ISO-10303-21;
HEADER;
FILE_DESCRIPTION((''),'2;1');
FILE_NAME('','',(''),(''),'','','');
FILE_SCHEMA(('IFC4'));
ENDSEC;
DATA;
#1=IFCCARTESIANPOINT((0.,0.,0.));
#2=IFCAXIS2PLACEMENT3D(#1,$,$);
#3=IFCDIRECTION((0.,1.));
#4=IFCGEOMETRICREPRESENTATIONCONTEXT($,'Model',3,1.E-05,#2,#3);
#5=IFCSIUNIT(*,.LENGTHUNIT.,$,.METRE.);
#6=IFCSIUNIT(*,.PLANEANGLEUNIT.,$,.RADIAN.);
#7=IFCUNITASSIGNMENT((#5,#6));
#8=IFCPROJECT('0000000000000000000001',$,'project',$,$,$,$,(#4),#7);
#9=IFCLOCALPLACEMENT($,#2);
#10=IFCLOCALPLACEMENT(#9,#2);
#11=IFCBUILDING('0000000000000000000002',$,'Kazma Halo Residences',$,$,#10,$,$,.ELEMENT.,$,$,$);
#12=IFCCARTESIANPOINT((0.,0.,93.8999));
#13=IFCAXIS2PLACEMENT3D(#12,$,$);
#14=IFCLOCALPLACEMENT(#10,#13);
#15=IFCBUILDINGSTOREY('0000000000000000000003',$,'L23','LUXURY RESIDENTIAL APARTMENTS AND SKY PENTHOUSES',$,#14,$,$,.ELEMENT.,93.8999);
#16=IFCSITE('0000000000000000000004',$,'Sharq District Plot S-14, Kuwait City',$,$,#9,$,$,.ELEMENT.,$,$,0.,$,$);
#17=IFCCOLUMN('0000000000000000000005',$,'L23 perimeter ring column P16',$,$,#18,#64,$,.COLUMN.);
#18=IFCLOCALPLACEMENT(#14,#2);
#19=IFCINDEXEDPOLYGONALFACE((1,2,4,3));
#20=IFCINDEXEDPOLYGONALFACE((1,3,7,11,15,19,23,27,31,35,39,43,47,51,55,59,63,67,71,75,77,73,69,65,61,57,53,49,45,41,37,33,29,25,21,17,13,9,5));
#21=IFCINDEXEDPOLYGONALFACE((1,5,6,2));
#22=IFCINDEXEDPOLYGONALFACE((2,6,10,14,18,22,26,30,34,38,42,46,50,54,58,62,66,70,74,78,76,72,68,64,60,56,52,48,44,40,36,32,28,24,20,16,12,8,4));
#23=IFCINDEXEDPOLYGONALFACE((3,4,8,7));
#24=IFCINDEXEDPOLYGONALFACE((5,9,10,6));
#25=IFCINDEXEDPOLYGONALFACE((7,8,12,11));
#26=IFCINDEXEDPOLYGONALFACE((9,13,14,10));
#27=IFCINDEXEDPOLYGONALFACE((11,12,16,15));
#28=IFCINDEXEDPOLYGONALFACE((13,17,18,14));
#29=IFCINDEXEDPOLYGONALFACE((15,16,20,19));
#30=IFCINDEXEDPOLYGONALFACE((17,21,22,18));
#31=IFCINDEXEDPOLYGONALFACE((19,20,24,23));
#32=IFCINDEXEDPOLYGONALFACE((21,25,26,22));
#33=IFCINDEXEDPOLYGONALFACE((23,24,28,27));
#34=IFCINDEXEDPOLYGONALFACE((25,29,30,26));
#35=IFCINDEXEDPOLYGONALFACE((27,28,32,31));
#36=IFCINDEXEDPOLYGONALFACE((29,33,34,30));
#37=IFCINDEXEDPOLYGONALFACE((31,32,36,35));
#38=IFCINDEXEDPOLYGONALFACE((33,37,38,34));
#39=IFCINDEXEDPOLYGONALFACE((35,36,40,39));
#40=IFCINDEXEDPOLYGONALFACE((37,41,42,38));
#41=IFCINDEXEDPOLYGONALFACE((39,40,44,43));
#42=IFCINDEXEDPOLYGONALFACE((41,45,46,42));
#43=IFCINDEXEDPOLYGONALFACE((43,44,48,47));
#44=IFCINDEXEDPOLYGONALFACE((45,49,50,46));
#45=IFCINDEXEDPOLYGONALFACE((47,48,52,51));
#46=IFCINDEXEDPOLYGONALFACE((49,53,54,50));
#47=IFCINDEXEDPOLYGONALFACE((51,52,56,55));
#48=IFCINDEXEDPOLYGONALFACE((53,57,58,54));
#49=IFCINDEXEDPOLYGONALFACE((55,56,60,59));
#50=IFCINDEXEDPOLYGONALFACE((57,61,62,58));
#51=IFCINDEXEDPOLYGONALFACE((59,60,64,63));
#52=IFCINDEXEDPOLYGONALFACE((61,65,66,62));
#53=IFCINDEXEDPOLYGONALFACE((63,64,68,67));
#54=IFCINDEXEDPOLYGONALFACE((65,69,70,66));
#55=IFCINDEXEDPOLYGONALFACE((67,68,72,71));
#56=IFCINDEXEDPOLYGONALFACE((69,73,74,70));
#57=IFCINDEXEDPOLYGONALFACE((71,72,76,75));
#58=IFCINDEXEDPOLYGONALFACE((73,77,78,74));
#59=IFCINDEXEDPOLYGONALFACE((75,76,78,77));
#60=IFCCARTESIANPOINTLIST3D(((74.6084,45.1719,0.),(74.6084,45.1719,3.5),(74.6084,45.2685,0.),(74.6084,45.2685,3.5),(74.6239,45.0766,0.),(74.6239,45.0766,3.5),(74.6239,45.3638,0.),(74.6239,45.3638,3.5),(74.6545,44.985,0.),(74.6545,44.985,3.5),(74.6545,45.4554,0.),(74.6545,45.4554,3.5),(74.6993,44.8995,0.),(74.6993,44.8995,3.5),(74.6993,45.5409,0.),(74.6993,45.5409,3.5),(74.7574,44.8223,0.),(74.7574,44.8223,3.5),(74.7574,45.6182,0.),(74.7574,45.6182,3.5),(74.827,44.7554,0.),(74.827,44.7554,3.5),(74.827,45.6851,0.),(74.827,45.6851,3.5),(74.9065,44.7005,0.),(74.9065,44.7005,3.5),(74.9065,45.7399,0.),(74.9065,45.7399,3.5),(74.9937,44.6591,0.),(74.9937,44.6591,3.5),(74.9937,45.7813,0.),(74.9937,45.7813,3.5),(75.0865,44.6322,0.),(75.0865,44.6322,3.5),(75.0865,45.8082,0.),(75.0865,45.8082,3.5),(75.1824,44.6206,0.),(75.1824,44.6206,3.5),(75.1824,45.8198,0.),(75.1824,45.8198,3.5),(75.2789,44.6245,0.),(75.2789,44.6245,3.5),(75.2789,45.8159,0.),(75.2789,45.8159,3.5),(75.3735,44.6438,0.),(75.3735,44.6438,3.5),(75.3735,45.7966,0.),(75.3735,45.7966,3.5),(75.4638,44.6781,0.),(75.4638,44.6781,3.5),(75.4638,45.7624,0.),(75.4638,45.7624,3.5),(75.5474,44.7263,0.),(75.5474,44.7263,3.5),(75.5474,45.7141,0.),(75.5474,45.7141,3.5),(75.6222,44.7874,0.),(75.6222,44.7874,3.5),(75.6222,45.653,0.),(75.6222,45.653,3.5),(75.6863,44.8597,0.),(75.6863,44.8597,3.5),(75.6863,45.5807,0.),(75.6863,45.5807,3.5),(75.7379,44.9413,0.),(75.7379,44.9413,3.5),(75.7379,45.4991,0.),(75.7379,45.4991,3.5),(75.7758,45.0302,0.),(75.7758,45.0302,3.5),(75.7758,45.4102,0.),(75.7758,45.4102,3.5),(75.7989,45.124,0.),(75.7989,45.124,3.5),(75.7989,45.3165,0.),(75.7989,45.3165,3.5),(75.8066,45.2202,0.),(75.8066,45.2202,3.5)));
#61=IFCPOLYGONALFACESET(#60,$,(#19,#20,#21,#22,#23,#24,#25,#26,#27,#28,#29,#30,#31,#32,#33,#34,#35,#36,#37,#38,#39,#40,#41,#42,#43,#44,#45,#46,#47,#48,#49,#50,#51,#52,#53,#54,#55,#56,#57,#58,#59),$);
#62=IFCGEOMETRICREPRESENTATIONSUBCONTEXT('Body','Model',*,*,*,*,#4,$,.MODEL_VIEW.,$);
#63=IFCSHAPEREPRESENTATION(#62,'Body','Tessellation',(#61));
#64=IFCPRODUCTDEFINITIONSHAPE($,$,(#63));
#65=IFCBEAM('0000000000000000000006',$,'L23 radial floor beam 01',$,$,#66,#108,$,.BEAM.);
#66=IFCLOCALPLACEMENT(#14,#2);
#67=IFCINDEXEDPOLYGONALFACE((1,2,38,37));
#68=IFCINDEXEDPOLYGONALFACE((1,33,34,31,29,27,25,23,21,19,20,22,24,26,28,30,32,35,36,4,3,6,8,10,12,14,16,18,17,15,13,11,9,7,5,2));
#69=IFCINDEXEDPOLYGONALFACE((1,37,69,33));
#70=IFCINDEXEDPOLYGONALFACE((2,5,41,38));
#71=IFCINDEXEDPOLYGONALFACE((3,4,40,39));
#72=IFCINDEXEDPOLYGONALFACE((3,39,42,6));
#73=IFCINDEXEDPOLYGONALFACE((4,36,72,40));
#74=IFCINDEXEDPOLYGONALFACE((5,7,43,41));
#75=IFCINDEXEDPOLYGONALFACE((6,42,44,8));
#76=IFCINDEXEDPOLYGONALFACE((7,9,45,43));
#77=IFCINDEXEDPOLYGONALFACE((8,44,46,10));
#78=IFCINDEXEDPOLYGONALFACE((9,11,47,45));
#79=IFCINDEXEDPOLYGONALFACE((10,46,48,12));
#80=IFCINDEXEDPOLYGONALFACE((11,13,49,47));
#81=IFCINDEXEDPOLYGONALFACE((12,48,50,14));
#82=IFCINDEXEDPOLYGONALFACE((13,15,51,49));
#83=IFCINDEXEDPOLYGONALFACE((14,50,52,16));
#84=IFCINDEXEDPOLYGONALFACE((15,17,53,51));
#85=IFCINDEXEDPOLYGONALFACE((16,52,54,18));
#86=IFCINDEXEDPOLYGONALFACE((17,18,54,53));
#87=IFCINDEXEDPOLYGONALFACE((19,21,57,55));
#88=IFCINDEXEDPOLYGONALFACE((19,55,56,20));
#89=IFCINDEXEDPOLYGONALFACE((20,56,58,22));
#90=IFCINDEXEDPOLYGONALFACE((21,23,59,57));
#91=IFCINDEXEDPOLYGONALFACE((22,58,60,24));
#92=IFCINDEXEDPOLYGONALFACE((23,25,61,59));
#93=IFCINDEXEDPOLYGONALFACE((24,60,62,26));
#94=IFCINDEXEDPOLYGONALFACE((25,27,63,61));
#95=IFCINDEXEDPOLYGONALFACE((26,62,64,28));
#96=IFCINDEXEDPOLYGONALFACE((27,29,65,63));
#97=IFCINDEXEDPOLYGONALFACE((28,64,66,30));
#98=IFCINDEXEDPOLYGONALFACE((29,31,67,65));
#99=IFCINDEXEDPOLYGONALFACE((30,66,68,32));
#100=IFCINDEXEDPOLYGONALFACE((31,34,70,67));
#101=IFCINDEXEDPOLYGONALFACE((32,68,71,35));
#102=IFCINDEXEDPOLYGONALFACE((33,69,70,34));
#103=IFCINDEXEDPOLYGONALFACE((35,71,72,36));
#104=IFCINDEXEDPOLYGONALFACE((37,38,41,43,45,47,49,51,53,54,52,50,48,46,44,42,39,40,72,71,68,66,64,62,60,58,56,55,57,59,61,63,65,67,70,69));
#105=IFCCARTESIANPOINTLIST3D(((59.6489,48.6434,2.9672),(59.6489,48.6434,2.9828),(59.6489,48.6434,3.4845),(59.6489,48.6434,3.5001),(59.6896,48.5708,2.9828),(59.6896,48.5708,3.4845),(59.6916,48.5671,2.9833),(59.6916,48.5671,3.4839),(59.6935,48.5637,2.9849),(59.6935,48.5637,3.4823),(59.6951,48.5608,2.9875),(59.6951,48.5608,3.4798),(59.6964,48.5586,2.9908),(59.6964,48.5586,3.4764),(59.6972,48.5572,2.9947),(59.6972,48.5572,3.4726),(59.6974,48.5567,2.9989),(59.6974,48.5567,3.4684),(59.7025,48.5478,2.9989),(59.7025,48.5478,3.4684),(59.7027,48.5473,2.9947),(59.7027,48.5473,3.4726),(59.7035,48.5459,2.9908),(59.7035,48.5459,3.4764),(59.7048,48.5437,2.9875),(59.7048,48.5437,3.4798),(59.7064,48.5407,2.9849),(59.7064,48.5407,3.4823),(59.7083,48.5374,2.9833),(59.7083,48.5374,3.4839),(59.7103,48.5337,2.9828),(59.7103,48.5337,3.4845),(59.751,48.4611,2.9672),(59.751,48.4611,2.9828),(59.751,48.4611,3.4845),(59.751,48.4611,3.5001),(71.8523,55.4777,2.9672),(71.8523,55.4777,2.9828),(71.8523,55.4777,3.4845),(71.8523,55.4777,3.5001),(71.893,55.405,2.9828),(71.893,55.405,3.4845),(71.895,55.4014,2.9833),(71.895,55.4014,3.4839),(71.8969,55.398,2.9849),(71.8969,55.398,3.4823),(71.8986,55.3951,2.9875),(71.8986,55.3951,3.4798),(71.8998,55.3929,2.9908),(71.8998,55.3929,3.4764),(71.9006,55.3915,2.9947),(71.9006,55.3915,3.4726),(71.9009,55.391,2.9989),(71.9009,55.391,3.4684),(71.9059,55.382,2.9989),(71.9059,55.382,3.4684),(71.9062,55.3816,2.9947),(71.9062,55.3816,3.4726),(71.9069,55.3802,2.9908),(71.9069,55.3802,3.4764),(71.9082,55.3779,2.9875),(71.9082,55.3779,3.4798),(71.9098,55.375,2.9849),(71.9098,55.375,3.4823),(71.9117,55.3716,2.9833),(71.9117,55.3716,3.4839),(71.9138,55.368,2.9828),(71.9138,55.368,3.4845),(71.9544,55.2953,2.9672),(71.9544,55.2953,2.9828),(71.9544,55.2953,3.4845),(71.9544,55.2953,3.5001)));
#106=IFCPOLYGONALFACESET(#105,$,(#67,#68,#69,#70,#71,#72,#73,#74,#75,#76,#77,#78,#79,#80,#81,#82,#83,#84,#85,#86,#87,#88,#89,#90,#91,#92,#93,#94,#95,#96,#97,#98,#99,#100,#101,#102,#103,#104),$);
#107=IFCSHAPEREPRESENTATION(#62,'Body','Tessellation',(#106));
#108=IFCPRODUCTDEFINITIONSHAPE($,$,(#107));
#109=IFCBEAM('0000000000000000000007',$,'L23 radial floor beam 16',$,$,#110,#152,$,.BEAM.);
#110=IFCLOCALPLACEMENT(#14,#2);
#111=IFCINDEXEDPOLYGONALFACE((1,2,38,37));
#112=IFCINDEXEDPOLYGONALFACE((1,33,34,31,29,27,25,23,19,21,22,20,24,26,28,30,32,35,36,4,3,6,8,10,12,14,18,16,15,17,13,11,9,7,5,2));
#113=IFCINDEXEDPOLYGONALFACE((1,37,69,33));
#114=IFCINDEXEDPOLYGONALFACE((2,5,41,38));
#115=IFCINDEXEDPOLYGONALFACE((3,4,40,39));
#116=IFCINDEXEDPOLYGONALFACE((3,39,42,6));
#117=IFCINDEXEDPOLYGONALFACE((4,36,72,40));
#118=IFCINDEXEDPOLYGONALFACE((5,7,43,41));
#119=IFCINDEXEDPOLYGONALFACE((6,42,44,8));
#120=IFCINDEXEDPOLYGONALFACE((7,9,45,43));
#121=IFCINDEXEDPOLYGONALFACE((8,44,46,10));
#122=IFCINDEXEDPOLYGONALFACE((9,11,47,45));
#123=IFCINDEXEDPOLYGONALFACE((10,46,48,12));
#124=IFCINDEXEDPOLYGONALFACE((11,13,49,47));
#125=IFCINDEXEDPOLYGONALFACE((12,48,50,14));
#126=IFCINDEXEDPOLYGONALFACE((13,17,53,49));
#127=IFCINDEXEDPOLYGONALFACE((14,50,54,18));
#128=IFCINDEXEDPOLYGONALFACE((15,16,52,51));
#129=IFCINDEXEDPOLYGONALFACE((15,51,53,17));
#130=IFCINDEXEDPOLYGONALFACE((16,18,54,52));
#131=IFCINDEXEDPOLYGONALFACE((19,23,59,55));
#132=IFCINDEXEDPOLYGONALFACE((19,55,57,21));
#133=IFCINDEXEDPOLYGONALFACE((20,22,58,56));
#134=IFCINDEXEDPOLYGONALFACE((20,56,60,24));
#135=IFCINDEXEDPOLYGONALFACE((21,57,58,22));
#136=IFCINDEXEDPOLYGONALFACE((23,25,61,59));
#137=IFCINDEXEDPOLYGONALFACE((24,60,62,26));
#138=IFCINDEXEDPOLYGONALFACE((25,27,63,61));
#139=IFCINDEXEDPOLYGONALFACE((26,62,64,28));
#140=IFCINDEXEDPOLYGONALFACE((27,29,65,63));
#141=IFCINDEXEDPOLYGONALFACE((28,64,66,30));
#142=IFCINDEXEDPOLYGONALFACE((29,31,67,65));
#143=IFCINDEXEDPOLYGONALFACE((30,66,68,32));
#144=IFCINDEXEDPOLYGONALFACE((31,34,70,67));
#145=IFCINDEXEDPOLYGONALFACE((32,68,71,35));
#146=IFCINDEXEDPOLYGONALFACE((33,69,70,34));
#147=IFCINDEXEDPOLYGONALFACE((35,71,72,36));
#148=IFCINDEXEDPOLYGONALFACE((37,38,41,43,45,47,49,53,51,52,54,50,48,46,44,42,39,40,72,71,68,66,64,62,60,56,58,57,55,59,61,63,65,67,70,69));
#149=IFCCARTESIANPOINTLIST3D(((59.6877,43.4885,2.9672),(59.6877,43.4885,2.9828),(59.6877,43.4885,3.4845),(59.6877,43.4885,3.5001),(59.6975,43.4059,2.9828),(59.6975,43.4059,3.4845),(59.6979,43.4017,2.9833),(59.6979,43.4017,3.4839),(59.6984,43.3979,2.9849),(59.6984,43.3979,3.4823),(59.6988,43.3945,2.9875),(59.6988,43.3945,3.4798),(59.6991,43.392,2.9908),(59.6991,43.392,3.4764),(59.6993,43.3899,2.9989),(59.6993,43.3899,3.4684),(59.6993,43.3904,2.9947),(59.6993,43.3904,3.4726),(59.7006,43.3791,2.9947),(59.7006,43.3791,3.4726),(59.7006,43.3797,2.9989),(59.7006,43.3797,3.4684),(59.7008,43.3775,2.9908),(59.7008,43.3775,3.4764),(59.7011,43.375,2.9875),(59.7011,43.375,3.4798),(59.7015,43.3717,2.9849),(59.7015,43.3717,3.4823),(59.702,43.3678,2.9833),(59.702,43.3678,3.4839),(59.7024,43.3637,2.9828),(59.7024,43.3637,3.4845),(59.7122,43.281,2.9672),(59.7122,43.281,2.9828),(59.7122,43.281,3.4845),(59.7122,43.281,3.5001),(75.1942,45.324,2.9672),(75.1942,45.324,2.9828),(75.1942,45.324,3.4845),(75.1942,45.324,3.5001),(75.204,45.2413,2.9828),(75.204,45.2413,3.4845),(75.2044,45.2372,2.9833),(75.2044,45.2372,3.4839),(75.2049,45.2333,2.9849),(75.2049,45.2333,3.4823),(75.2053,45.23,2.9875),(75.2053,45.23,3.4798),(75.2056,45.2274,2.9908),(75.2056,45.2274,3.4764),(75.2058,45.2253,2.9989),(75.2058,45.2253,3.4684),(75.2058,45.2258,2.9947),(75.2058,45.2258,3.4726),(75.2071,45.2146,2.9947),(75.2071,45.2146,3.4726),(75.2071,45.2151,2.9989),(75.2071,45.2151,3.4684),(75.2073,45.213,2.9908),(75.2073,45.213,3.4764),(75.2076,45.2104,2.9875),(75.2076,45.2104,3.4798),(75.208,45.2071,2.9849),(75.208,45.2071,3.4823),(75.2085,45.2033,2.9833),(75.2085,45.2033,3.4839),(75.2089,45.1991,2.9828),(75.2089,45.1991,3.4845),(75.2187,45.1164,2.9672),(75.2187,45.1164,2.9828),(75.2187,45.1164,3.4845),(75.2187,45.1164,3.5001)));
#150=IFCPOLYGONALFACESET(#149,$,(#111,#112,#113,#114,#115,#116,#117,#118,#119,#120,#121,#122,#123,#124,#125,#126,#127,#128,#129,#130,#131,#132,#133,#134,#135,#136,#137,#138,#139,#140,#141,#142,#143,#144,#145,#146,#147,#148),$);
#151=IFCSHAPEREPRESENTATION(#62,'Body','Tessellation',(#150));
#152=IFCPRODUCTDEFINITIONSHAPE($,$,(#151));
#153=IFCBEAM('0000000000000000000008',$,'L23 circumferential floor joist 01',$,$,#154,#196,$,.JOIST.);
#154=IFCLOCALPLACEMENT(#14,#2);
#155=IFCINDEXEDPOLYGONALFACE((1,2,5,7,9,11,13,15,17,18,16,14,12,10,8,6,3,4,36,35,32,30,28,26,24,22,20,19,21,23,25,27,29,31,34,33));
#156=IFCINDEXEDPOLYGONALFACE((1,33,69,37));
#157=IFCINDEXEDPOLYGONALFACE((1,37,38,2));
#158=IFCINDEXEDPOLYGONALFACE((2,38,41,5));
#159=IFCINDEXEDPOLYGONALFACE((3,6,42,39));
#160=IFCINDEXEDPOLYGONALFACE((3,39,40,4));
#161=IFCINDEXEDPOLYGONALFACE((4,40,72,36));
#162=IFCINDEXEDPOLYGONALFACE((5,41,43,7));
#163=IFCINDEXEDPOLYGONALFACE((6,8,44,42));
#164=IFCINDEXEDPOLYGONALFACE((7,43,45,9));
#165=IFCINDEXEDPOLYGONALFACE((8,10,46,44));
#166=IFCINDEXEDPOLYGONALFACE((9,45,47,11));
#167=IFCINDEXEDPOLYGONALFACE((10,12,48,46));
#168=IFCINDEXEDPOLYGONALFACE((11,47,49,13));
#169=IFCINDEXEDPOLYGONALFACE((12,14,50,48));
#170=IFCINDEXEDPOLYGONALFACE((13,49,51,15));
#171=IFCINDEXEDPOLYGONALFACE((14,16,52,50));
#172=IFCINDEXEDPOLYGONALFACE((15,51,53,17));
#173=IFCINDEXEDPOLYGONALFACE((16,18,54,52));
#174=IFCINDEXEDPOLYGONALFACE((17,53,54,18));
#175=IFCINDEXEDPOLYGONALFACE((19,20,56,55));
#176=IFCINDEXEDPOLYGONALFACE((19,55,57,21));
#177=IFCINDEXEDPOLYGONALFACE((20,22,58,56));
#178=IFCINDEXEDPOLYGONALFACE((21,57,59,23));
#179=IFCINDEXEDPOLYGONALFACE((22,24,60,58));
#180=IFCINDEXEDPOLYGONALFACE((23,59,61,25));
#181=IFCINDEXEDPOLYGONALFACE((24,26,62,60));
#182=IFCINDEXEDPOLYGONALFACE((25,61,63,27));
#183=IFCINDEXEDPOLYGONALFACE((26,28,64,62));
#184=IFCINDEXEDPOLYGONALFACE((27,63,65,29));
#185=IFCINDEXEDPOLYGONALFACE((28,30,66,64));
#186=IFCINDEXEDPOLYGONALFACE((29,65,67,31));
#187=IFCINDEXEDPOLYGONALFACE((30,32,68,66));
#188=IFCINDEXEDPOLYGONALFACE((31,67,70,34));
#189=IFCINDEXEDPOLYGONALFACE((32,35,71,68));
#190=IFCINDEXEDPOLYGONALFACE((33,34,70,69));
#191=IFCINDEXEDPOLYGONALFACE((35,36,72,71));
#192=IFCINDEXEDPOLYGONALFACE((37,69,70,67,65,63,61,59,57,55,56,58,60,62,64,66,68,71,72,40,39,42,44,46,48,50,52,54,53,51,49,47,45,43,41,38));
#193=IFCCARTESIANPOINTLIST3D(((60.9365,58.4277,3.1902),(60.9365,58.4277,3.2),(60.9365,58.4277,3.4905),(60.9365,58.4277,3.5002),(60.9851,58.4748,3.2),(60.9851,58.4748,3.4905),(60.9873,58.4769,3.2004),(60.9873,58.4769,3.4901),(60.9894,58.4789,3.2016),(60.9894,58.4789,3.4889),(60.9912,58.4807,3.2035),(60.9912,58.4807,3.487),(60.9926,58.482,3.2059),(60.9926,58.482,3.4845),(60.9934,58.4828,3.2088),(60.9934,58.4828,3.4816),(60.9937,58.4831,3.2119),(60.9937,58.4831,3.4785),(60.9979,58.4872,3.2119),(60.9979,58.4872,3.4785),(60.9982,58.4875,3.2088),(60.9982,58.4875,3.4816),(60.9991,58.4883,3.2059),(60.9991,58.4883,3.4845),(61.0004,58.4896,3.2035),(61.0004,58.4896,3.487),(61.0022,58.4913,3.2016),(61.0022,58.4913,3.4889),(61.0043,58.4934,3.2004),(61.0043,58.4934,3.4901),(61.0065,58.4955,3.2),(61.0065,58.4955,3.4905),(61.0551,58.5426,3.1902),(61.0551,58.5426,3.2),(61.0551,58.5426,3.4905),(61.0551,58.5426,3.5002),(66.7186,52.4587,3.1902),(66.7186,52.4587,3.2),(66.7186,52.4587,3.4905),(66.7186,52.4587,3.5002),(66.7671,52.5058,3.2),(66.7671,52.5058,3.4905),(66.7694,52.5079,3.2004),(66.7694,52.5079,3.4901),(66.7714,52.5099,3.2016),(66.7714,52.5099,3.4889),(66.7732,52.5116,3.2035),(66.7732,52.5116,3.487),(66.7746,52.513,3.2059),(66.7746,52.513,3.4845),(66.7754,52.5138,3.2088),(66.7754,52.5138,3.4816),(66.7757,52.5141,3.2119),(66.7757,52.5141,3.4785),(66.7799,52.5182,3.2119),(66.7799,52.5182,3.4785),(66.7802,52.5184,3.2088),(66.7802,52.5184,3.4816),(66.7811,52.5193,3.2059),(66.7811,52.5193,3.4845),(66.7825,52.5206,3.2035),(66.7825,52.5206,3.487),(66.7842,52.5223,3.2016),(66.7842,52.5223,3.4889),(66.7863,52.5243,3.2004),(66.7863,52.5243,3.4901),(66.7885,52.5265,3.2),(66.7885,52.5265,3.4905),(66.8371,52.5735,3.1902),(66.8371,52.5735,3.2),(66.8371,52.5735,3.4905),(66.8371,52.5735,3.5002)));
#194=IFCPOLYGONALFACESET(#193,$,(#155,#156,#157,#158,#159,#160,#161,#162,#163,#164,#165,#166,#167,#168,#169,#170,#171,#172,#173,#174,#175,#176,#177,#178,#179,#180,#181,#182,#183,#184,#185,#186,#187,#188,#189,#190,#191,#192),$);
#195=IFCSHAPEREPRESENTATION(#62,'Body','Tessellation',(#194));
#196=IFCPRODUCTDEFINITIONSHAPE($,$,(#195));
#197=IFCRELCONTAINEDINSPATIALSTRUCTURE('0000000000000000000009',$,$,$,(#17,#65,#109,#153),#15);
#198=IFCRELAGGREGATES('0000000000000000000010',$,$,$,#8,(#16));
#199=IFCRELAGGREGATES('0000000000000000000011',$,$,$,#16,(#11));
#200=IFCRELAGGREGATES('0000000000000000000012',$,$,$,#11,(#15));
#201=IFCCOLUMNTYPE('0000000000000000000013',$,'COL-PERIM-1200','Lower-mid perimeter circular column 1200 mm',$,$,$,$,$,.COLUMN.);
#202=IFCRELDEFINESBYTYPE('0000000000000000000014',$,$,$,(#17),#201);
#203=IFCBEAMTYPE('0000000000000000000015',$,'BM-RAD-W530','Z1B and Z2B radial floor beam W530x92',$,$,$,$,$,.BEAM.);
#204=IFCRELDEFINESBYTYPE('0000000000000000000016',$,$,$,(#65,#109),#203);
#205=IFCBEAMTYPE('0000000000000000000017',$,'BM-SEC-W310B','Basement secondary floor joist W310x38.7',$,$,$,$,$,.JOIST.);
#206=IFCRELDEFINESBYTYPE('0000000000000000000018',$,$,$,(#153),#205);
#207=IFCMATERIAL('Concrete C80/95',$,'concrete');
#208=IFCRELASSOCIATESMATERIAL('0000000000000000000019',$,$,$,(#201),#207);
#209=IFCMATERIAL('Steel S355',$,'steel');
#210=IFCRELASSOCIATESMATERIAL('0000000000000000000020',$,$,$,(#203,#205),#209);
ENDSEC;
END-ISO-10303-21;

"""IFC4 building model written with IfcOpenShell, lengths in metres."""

from ifc_helpers import new_model, si_unit, direction, frame, origin, origin_2d, place, context, subcontext, project, spatial, circle, i_section, extrude, material, material_profile, profile_set, type_object, element, save


model = new_model("IFC4")

# Units and contexts
model_context = context("Model", 3, precision=1e-05, world=origin(), true_north=direction((0.0, 1.0)))
body_context = subcontext(model_context, "Body", "Model", "MODEL_VIEW")
ifc_project = project(units=[si_unit("LENGTHUNIT", "METRE"), si_unit("PLANEANGLEUNIT", "RADIAN")], contexts=[model_context])

# Site, building, storey
site_placement = place(None, origin())
site = spatial("IfcSite", under=ifc_project, at=site_placement, Name="Sharq District Plot S-14, Kuwait City", CompositionType="ELEMENT", RefElevation=0.0)
building_placement = place(site_placement, origin())
building = spatial("IfcBuilding", under=site, at=building_placement, Name="Kazma Halo Residences", CompositionType="ELEMENT")
storey_placement = place(building_placement, frame((0.0, 0.0, 93.8999)))
storey = spatial("IfcBuildingStorey", under=building, at=storey_placement, Name="L23", Description="LUXURY RESIDENTIAL APARTMENTS AND SKY PENTHOUSES", CompositionType="ELEMENT", Elevation=93.8999)

# Column
ifc_material_1 = material(Name="Concrete C80/95", Category="concrete")
ifc_material_profile_1 = material_profile(ifc_material_1, circle(Radius=0.6001, at=origin_2d()), Name="CIRC1200")
ifc_profile_set_1 = profile_set([ifc_material_profile_1], Name="Concrete C80/95")
column_type = type_object("IfcColumnType", Name="COL-PERIM-1200", Description="Lower-mid perimeter circular column 1200 mm", PredefinedType="COLUMN", material=ifc_profile_set_1)
column_placement = place(storey_placement, frame((75.2065, 45.2202, 0.0), z_axis=(0.0, 0.0, 1.0), x_axis=(1.0, 0.0, 0.0)))
element("IfcColumn", 1, at=column_placement, inside=storey, type_object=column_type, Name="L23 perimeter ring column P16", PredefinedType="COLUMN", context=body_context, shape_type="SweptSolid", body=[
    extrude(circle(Radius=0.6001, at=origin_2d()), origin(), (0.0, 0.0, 1.0), 3.5),
])

# Beams
ifc_material_2 = material(Name="Steel S355", Category="steel")
ifc_material_profile_2 = material_profile(ifc_material_2, i_section(OverallWidth=0.209, OverallDepth=0.533, WebThickness=0.0103, FlangeThickness=0.0156, FilletRadius=0.0161, at=origin_2d()), Name="W530x92")
ifc_profile_set_2 = profile_set([ifc_material_profile_2], Name="Steel S355")
beam_type_1 = type_object("IfcBeamType", Name="BM-RAD-W530", Description="Z1B and Z2B radial floor beam W530x92", PredefinedType="BEAM", material=ifc_profile_set_2)
beam_1_placement = place(storey_placement, frame((59.7, 48.5522, 3.2336), z_axis=(0.872496, 0.488622, 0.0), x_axis=(-0.488622, 0.872496, 0.0)))
element("IfcBeam", 2, at=beam_1_placement, inside=storey, type_object=beam_type_1, Name="L23 radial floor beam 01", PredefinedType="BEAM", context=body_context, shape_type="SweptSolid", body=[
    extrude(i_section(OverallWidth=0.209, OverallDepth=0.533, WebThickness=0.0103, FlangeThickness=0.0156, FilletRadius=0.0161, at=origin_2d()), origin(), (0.0, 0.0, 1.0), 13.9868),
])
beam_2_placement = place(storey_placement, frame((59.7, 43.3848, 3.2336), z_axis=(0.993068, 0.117545, 0.0), x_axis=(-0.117545, 0.993068, 0.0)))
element("IfcBeam", 3, at=beam_2_placement, inside=storey, type_object=beam_type_1, Name="L23 radial floor beam 16", PredefinedType="BEAM", context=body_context, shape_type="SweptSolid", body=[
    extrude(i_section(OverallWidth=0.209, OverallDepth=0.533, WebThickness=0.0103, FlangeThickness=0.0156, FilletRadius=0.0161, at=origin_2d()), origin(), (0.0, 0.0, 1.0), 15.6147),
])
ifc_material_profile_3 = material_profile(ifc_material_2, i_section(OverallWidth=0.165, OverallDepth=0.3101, WebThickness=0.0059, FlangeThickness=0.0098, FilletRadius=0.012, at=origin_2d()), Name="W310x38.7")
ifc_profile_set_3 = profile_set([ifc_material_profile_3], Name="Steel S355")
beam_type_2 = type_object("IfcBeamType", Name="BM-SEC-W310B", Description="Basement secondary floor joist W310x38.7", PredefinedType="JOIST", material=ifc_profile_set_3)
beam_3_placement = place(storey_placement, frame((66.7778, 52.5161, 3.3452), z_axis=(-0.695765, 0.718269, 0.0), x_axis=(-0.718269, -0.695765, 0.0)))
element("IfcBeam", 4, at=beam_3_placement, inside=storey, type_object=beam_type_2, Name="L23 circumferential floor joist 01", PredefinedType="JOIST", context=body_context, shape_type="SweptSolid", body=[
    extrude(i_section(OverallWidth=0.165, OverallDepth=0.3101, WebThickness=0.0059, FlangeThickness=0.0098, FilletRadius=0.012, at=origin_2d()), origin(), (0.0, 0.0, 1.0), 8.3103),
])

save(model, "model.ifc")
